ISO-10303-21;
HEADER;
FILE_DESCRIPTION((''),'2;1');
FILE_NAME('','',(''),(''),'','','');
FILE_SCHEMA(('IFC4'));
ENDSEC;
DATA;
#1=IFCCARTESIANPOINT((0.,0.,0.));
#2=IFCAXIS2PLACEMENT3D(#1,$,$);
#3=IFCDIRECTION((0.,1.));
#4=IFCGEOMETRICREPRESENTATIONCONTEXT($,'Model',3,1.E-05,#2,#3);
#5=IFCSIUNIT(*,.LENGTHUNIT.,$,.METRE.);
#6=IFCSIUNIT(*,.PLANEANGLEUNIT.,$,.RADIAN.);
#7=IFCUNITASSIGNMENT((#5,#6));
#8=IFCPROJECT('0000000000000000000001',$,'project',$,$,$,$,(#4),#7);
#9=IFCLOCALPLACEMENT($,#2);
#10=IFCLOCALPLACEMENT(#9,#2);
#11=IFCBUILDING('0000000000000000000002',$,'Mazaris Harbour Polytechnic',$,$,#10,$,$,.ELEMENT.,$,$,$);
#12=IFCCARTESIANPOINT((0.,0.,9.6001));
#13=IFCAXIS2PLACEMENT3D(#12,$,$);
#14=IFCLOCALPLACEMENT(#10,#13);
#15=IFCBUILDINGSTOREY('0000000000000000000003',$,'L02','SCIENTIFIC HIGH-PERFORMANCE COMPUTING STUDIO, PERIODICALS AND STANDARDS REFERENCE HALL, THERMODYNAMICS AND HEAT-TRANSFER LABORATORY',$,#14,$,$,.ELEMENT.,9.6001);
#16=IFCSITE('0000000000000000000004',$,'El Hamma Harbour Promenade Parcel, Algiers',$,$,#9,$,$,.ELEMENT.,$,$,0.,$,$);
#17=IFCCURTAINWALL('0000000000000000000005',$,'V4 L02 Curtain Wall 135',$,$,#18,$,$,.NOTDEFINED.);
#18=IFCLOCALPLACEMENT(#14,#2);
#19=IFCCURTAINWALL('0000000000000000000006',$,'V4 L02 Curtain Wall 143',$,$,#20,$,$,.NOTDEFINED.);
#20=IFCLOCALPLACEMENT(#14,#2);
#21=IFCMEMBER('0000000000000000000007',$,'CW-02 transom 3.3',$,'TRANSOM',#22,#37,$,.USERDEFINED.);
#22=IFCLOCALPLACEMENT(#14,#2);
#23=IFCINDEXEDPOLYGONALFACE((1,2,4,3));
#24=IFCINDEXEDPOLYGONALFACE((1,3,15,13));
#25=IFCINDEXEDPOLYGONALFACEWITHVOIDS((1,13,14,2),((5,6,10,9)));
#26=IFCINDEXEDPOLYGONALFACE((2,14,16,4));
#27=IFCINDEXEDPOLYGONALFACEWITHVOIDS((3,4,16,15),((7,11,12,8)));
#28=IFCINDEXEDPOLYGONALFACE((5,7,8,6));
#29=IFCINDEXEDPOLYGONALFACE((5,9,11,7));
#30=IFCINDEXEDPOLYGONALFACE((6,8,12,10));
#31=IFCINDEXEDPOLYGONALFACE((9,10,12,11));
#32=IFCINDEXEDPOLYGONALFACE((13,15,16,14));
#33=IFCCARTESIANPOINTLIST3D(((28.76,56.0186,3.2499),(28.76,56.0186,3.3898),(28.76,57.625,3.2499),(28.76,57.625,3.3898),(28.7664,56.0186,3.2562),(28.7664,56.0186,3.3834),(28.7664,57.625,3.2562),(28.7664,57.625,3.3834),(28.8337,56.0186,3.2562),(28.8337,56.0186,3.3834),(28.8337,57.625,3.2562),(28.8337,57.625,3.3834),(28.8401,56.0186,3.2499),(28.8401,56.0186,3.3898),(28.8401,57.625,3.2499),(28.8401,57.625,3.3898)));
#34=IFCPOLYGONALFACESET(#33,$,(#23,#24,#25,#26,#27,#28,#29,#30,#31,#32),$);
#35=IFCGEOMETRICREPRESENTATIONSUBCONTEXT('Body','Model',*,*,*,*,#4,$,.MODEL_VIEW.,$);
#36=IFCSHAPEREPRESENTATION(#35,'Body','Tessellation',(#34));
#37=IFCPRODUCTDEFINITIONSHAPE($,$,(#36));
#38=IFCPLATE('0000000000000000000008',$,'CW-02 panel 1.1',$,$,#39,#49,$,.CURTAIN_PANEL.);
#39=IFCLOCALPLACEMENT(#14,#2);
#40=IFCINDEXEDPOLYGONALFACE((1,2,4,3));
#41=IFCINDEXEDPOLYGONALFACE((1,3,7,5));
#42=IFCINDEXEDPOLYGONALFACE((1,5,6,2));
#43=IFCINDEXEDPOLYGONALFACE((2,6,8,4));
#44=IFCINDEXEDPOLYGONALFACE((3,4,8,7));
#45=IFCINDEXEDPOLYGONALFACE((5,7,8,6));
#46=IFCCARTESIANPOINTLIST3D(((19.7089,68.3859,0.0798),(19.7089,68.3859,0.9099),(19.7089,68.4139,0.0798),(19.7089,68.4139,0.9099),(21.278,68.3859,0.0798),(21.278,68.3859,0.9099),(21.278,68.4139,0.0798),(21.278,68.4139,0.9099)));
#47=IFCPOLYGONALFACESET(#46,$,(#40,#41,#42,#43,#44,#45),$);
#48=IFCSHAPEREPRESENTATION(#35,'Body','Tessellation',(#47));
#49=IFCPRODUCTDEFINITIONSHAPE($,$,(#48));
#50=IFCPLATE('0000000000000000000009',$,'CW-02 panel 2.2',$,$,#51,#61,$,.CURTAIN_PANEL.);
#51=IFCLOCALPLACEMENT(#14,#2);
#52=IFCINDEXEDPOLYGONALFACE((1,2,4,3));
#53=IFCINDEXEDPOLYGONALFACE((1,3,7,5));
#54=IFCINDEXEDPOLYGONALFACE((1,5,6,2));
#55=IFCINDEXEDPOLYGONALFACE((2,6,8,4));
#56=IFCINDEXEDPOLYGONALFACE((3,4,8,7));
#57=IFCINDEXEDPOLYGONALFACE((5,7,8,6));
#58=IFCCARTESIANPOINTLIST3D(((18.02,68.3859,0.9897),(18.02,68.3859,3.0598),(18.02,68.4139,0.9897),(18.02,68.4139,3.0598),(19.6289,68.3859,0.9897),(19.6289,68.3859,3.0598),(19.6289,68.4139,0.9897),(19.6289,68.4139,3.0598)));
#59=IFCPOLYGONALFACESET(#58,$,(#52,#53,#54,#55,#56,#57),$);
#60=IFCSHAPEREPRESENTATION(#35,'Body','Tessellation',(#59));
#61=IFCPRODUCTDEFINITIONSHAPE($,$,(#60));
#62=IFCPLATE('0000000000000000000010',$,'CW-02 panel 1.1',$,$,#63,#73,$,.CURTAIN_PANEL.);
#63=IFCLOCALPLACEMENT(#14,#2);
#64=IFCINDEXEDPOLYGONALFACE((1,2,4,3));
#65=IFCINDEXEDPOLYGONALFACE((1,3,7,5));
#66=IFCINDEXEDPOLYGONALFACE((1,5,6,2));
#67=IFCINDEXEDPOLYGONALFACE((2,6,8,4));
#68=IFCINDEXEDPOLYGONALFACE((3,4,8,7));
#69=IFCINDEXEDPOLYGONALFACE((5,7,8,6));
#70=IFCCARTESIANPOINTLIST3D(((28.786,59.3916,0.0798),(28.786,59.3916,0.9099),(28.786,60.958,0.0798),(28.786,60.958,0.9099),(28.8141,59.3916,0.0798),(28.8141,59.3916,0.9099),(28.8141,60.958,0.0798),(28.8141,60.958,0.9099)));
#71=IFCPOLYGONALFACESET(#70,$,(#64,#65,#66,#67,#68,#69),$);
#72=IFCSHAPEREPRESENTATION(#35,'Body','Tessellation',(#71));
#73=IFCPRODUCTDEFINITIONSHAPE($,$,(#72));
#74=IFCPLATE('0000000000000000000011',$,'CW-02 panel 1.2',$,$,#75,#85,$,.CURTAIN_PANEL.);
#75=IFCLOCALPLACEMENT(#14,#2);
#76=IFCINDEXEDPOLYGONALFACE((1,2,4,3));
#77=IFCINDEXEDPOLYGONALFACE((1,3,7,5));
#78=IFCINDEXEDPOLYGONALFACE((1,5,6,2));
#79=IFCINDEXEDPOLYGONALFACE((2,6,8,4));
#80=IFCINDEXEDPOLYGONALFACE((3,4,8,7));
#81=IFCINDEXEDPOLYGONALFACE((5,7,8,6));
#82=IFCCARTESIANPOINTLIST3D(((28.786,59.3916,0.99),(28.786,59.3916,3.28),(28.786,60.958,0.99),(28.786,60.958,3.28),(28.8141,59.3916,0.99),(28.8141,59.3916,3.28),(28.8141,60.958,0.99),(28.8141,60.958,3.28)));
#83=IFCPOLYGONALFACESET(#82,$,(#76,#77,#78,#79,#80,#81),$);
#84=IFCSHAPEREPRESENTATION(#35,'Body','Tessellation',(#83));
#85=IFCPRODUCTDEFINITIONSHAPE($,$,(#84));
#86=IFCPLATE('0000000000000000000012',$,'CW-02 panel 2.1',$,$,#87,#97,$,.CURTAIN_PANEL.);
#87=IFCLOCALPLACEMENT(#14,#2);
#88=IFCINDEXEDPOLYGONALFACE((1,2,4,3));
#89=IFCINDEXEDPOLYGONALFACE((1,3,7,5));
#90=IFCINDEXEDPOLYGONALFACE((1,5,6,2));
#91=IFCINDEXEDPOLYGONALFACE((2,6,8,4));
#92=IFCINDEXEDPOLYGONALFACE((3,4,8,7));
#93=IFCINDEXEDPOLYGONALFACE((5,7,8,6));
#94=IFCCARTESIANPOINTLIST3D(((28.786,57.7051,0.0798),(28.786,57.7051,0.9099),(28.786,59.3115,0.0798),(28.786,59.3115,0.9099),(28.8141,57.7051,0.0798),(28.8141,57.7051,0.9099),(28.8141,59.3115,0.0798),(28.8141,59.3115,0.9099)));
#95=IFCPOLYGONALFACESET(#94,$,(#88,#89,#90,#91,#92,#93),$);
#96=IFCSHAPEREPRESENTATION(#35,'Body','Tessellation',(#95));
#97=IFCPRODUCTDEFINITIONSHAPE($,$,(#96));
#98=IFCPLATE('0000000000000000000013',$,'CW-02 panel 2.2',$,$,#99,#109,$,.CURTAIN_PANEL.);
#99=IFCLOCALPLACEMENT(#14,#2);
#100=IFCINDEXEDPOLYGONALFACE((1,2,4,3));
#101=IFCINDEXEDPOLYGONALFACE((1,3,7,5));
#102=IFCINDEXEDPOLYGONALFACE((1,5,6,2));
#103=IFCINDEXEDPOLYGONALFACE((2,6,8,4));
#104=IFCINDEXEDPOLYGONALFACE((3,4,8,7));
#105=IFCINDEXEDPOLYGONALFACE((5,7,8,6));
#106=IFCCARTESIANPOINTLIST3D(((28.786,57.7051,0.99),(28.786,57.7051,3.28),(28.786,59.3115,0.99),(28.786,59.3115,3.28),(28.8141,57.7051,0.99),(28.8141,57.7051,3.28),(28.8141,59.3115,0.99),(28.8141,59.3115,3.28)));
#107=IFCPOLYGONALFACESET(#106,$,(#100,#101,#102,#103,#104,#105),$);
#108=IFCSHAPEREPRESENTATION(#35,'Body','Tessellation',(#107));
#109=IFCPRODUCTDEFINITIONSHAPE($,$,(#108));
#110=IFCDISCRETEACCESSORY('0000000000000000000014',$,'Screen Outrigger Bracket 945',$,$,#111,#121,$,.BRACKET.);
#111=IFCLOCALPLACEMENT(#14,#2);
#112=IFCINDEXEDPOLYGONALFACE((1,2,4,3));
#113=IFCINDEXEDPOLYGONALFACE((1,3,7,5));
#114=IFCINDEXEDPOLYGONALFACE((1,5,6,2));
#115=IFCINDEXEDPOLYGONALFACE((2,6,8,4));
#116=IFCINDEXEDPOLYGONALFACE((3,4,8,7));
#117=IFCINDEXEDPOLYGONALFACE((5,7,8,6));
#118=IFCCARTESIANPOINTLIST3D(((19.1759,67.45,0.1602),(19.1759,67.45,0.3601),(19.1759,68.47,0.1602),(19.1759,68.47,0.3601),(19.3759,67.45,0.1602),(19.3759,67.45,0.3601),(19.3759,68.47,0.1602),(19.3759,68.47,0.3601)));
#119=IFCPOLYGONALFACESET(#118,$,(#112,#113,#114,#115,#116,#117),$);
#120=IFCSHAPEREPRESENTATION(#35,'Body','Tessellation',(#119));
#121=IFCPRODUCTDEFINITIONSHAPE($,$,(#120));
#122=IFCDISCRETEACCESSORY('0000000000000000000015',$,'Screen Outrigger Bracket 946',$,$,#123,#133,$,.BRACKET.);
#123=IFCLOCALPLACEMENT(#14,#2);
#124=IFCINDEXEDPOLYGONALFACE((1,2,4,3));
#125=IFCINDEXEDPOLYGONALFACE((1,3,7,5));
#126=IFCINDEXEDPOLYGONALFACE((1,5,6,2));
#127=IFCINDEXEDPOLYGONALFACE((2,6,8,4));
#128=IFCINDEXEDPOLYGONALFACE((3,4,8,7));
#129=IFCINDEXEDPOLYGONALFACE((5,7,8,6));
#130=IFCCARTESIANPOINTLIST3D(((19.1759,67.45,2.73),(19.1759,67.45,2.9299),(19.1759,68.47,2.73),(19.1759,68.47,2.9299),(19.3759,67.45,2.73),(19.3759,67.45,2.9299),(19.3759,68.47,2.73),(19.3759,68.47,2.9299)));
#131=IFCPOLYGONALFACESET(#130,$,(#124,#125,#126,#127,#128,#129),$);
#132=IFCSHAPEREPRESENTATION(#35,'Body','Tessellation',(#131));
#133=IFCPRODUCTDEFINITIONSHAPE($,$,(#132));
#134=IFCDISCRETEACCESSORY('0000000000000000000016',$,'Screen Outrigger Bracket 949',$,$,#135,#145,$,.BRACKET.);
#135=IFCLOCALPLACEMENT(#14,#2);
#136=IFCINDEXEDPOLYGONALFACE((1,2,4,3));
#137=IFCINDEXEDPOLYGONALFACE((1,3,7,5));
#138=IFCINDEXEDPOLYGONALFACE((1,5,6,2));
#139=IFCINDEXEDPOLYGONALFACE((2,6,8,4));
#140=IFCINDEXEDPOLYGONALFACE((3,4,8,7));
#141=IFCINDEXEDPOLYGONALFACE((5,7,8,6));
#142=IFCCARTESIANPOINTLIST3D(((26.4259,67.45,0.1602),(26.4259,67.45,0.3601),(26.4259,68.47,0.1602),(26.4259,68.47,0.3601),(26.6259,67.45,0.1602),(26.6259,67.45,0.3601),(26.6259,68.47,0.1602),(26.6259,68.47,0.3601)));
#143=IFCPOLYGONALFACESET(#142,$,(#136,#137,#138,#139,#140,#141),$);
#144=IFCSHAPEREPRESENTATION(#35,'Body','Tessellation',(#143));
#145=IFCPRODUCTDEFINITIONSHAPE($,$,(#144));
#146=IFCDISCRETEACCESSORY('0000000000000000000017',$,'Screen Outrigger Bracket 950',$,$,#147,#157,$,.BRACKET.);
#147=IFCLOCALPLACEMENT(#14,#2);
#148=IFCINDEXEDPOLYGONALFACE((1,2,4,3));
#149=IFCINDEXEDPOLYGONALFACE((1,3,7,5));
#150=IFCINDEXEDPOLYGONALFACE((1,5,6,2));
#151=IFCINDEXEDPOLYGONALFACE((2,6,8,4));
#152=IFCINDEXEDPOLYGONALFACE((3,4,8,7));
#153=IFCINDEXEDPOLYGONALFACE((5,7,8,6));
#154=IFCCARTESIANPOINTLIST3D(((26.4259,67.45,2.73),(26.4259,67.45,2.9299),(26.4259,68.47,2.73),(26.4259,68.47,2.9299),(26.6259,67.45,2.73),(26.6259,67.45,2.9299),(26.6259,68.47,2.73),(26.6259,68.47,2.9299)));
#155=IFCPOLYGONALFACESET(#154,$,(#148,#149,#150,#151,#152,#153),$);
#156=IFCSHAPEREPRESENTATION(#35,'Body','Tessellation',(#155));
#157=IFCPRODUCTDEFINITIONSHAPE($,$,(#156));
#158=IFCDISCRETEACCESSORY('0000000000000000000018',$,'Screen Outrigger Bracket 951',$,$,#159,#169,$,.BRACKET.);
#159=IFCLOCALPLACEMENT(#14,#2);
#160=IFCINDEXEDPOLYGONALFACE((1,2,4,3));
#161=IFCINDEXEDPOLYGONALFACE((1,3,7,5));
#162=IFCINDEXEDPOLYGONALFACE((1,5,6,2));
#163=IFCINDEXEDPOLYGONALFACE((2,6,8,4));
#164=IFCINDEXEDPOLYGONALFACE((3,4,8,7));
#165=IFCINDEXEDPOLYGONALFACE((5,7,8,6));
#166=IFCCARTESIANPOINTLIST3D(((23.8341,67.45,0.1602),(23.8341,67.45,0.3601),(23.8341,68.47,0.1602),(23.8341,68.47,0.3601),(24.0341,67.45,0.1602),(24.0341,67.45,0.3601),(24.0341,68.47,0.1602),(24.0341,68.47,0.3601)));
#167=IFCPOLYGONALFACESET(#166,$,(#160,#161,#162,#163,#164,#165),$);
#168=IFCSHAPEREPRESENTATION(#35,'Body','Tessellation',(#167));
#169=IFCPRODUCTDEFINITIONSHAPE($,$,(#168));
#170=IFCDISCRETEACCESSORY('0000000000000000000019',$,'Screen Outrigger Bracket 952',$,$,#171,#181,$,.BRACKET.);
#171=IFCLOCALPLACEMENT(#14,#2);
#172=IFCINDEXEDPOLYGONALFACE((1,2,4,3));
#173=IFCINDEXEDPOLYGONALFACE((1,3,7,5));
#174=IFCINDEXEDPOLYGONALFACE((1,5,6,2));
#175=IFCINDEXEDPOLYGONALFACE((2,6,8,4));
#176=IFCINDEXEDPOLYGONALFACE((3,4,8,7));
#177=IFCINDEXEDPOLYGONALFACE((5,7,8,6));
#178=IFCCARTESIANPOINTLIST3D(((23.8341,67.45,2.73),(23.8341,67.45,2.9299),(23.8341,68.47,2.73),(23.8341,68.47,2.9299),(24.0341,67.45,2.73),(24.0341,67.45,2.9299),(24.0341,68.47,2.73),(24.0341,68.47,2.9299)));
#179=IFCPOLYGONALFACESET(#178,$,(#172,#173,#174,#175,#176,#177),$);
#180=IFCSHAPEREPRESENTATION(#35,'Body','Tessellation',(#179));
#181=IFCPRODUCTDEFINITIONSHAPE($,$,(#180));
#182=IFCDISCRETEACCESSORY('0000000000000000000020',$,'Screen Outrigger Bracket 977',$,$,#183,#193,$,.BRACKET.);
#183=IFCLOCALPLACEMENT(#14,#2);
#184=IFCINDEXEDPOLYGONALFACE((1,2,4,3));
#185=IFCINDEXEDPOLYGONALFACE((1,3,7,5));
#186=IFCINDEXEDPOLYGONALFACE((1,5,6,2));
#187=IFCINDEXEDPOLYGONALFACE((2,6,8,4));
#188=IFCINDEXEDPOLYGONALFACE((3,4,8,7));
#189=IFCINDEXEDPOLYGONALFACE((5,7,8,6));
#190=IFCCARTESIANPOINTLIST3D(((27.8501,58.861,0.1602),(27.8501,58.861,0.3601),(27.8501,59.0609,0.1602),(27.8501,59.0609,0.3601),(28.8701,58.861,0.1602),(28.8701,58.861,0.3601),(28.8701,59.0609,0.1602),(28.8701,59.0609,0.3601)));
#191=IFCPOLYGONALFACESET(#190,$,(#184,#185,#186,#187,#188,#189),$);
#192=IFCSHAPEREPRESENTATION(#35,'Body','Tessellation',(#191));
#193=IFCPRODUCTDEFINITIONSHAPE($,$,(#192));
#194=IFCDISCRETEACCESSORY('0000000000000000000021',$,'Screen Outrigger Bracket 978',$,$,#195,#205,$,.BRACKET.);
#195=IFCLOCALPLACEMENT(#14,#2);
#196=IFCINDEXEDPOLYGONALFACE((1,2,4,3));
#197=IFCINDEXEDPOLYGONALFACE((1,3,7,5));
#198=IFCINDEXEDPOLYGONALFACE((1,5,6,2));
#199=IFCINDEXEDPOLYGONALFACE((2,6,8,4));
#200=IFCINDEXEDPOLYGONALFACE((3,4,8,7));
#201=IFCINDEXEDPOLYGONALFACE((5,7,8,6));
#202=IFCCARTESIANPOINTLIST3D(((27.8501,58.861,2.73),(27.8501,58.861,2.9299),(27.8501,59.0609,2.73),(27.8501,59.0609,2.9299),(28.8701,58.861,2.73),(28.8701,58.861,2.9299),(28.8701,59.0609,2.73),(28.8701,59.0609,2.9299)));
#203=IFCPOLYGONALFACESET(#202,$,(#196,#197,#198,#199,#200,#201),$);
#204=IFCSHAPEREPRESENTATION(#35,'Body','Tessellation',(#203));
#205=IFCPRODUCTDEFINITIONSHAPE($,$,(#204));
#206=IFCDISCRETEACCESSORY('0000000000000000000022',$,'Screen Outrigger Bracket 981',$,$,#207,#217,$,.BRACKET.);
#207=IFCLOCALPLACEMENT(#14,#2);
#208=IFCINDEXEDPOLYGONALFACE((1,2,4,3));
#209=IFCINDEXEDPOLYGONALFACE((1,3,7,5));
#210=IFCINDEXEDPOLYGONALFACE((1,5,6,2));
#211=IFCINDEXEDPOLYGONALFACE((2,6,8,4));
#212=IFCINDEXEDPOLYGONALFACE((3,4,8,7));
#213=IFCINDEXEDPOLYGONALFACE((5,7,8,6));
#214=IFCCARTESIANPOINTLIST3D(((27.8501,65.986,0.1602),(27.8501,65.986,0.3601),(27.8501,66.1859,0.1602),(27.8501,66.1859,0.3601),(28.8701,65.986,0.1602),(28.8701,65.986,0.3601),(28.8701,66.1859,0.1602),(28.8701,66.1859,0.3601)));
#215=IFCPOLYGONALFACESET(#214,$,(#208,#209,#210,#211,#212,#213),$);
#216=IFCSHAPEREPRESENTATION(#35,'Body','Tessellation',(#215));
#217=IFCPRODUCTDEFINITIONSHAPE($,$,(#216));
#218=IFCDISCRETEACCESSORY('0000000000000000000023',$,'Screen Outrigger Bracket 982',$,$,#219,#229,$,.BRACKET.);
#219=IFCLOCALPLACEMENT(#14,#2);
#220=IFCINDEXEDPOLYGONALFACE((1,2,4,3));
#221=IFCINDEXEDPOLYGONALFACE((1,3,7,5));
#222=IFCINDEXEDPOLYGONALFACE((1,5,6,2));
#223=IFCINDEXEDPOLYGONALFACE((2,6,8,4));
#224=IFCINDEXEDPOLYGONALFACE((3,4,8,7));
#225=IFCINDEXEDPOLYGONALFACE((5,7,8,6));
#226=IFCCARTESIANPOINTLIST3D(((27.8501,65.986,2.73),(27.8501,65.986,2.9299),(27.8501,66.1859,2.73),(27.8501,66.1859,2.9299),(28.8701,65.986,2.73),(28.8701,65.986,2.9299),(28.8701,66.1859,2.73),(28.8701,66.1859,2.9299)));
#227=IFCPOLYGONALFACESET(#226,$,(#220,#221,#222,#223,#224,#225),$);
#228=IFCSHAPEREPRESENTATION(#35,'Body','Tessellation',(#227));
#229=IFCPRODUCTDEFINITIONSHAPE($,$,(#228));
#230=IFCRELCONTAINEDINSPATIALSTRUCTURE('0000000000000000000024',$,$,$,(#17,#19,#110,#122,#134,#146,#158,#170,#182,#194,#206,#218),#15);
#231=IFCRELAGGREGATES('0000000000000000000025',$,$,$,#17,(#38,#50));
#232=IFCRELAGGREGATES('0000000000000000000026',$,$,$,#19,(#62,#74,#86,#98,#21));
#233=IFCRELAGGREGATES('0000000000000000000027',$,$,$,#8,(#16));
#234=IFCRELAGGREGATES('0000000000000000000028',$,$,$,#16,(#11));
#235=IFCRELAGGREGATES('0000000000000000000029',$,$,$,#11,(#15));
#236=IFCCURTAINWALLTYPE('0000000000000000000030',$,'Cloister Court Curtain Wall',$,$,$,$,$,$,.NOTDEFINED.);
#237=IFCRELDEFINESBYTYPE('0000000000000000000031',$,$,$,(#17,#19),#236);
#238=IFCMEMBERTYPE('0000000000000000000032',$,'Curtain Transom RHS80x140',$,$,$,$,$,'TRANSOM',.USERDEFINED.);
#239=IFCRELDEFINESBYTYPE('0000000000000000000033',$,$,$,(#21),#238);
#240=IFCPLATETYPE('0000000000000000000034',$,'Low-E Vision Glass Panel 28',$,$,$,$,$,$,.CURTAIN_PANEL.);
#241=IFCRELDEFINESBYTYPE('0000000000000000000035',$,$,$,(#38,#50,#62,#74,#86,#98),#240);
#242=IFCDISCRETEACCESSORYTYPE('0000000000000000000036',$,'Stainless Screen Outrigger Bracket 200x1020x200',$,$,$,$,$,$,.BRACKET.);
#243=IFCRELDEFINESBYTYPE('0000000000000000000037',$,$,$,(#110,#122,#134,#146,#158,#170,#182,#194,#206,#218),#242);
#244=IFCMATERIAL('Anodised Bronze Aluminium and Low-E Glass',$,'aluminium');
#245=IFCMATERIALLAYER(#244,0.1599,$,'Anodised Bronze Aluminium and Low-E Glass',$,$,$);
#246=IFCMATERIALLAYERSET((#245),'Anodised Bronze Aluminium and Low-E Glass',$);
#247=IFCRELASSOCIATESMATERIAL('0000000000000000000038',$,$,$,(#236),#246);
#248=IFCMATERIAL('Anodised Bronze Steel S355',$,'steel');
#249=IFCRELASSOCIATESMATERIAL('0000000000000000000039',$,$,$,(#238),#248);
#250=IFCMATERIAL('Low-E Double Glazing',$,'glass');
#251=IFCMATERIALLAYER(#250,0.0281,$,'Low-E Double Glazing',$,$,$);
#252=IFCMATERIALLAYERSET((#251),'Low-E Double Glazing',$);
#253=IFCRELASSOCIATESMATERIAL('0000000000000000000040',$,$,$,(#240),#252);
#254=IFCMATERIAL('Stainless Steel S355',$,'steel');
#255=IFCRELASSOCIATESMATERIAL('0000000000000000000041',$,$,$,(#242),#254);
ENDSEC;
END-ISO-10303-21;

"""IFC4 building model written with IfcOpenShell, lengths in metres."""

from ifc_helpers import new_model, si_unit, direction, frame, origin, origin_2d, place, context, subcontext, project, spatial, rectangle, hollow_rectangle, extrude, material, layer, layer_set, material_profile, profile_set, type_object, element, aggregate, save


model = new_model("IFC4")

# Units and contexts
model_context = context("Model", 3, precision=1e-05, world=origin(), true_north=direction((0.0, 1.0)))
body_context = subcontext(model_context, "Body", "Model", "MODEL_VIEW")
ifc_project = project(units=[si_unit("LENGTHUNIT", "METRE"), si_unit("PLANEANGLEUNIT", "RADIAN")], contexts=[model_context])

# Site, building, storey
site_placement = place(None, origin())
site = spatial("IfcSite", under=ifc_project, at=site_placement, Name="El Hamma Harbour Promenade Parcel, Algiers", CompositionType="ELEMENT", RefElevation=0.0)
building_placement = place(site_placement, origin())
building = spatial("IfcBuilding", under=site, at=building_placement, Name="Mazaris Harbour Polytechnic", CompositionType="ELEMENT")
storey_placement = place(building_placement, frame((0.0, 0.0, 9.6001)))
storey = spatial("IfcBuildingStorey", under=building, at=storey_placement, Name="L02", Description="SCIENTIFIC HIGH-PERFORMANCE COMPUTING STUDIO, PERIODICALS AND STANDARDS REFERENCE HALL, THERMODYNAMICS AND HEAT-TRANSFER LABORATORY", CompositionType="ELEMENT", Elevation=9.6001)

# Curtain wall
ifc_material_1 = material(Name="Anodised Bronze Aluminium and Low-E Glass", Category="aluminium")
ifc_layer_1 = layer(ifc_material_1, 0.1599, Name="Anodised Bronze Aluminium and Low-E Glass")
ifc_layer_set_1 = layer_set([ifc_layer_1], Name="Anodised Bronze Aluminium and Low-E Glass")
curtain_wall_type = type_object("IfcCurtainWallType", Name="Cloister Court Curtain Wall", PredefinedType="NOTDEFINED", material=ifc_layer_set_1)
curtain_wall_1_placement = place(storey_placement, origin())
curtain_wall_1 = element("IfcCurtainWall", 1, at=curtain_wall_1_placement, inside=storey, type_object=curtain_wall_type, Name="V4 L02 Curtain Wall 135", PredefinedType="NOTDEFINED")

# Curtain wall
curtain_wall_2_placement = place(storey_placement, origin())
curtain_wall_2 = element("IfcCurtainWall", 2, at=curtain_wall_2_placement, inside=storey, type_object=curtain_wall_type, Name="V4 L02 Curtain Wall 143", PredefinedType="NOTDEFINED")

# Member
ifc_material_2 = material(Name="Anodised Bronze Steel S355", Category="steel")
ifc_material_profile_1 = material_profile(ifc_material_2, hollow_rectangle(XDim=0.0801, YDim=0.1399, WallThickness=0.0063, at=origin_2d()), Name="RHS 80x140x6.3")
ifc_profile_set_1 = profile_set([ifc_material_profile_1], Name="Anodised Bronze Steel S355")
member_type_1 = type_object("IfcMemberType", Name="Curtain Transom RHS80x140", ElementType="TRANSOM", PredefinedType="USERDEFINED", material=ifc_profile_set_1)
member_1_placement = place(storey_placement, frame((28.8, 57.625, 3.3198), z_axis=(0.0, -1.0, 0.0), x_axis=(1.0, 0.0, 0.0)))
member_1 = element("IfcMember", 3, at=member_1_placement, type_object=member_type_1, Name="CW-02 transom 3.3", ObjectType="TRANSOM", PredefinedType="USERDEFINED", context=body_context, shape_type="SweptSolid", body=[
    extrude(hollow_rectangle(XDim=0.0801, YDim=0.1399, WallThickness=0.0063, at=origin_2d()), origin(), (0.0, 0.0, 1.0), 1.6064),
])

# Plates
ifc_material_3 = material(Name="Low-E Double Glazing", Category="glass")
ifc_layer_2 = layer(ifc_material_3, 0.0281, Name="Low-E Double Glazing")
ifc_layer_set_2 = layer_set([ifc_layer_2], Name="Low-E Double Glazing")
plate_type = type_object("IfcPlateType", Name="Low-E Vision Glass Panel 28", PredefinedType="CURTAIN_PANEL", material=ifc_layer_set_2)
plate_1_placement = place(storey_placement, frame((20.4934, 68.3999, 0.0798), z_axis=(0.0, 0.0, 1.0), x_axis=(-1.0, 0.0, 0.0)))
plate_1 = element("IfcPlate", 4, at=plate_1_placement, type_object=plate_type, Name="CW-02 panel 1.1", PredefinedType="CURTAIN_PANEL", context=body_context, shape_type="SweptSolid", body=[
    extrude(rectangle(XDim=1.5691, YDim=0.0281, at=origin_2d()), origin(), (0.0, 0.0, 1.0), 0.8301),
])
plate_2_placement = place(storey_placement, frame((18.8245, 68.3999, 0.9897), z_axis=(0.0, 0.0, 1.0), x_axis=(-1.0, 0.0, 0.0)))
plate_2 = element("IfcPlate", 5, at=plate_2_placement, type_object=plate_type, Name="CW-02 panel 2.2", PredefinedType="CURTAIN_PANEL", context=body_context, shape_type="SweptSolid", body=[
    extrude(rectangle(XDim=1.6089, YDim=0.0281, at=origin_2d()), origin(), (0.0, 0.0, 1.0), 2.0701),
])
aggregate(curtain_wall_1, [plate_1, plate_2])
plate_3_placement = place(storey_placement, frame((28.8, 60.1748, 0.0798), z_axis=(0.0, 0.0, 1.0), x_axis=(0.0, -1.0, 0.0)))
plate_3 = element("IfcPlate", 6, at=plate_3_placement, type_object=plate_type, Name="CW-02 panel 1.1", PredefinedType="CURTAIN_PANEL", context=body_context, shape_type="SweptSolid", body=[
    extrude(rectangle(XDim=1.5664, YDim=0.0281, at=origin_2d()), origin(), (0.0, 0.0, 1.0), 0.8301),
])
plate_4_placement = place(storey_placement, frame((28.8, 60.1748, 0.99), z_axis=(0.0, 0.0, 1.0), x_axis=(0.0, -1.0, 0.0)))
plate_4 = element("IfcPlate", 7, at=plate_4_placement, type_object=plate_type, Name="CW-02 panel 1.2", PredefinedType="CURTAIN_PANEL", context=body_context, shape_type="SweptSolid", body=[
    extrude(rectangle(XDim=1.5664, YDim=0.0281, at=origin_2d()), origin(), (0.0, 0.0, 1.0), 2.29),
])
plate_5_placement = place(storey_placement, frame((28.8, 58.5083, 0.0798), z_axis=(0.0, 0.0, 1.0), x_axis=(0.0, -1.0, 0.0)))
plate_5 = element("IfcPlate", 8, at=plate_5_placement, type_object=plate_type, Name="CW-02 panel 2.1", PredefinedType="CURTAIN_PANEL", context=body_context, shape_type="SweptSolid", body=[
    extrude(rectangle(XDim=1.6064, YDim=0.0281, at=origin_2d()), origin(), (0.0, 0.0, 1.0), 0.8301),
])
plate_6_placement = place(storey_placement, frame((28.8, 58.5083, 0.99), z_axis=(0.0, 0.0, 1.0), x_axis=(0.0, -1.0, 0.0)))
plate_6 = element("IfcPlate", 9, at=plate_6_placement, type_object=plate_type, Name="CW-02 panel 2.2", PredefinedType="CURTAIN_PANEL", context=body_context, shape_type="SweptSolid", body=[
    extrude(rectangle(XDim=1.6064, YDim=0.0281, at=origin_2d()), origin(), (0.0, 0.0, 1.0), 2.29),
])
aggregate(curtain_wall_2, [plate_3, plate_4, plate_5, plate_6, member_1])

# Discrete accessories
ifc_material_4 = material(Name="Stainless Steel S355", Category="steel")
discrete_accessory_type = type_object("IfcDiscreteAccessoryType", Name="Stainless Screen Outrigger Bracket 200x1020x200", PredefinedType="BRACKET", material=ifc_material_4)
for number, where, z_axis, x_axis, name in (
    (10, (19.2759, 67.96, 0.1602), (0.0, 0.0, 1.0), (-1.0, 0.0, 0.0), "Screen Outrigger Bracket 945"),
    (11, (19.2759, 67.96, 2.73), (0.0, 0.0, 1.0), (-1.0, 0.0, 0.0), "Screen Outrigger Bracket 946"),
    (12, (26.5259, 67.96, 0.1602), (0.0, 0.0, 1.0), (-1.0, 0.0, 0.0), "Screen Outrigger Bracket 949"),
    (13, (26.5259, 67.96, 2.73), (0.0, 0.0, 1.0), (-1.0, 0.0, 0.0), "Screen Outrigger Bracket 950"),
    (14, (23.9341, 67.96, 0.1602), (0.0, 0.0, 1.0), (-1.0, 0.0, 0.0), "Screen Outrigger Bracket 951"),
    (15, (23.9341, 67.96, 2.73), (0.0, 0.0, 1.0), (-1.0, 0.0, 0.0), "Screen Outrigger Bracket 952"),
    (16, (28.3601, 58.9609, 0.1602), (0.0, 0.0, 1.0), (0.0, -1.0, 0.0), "Screen Outrigger Bracket 977"),
    (17, (28.3601, 58.9609, 2.73), (0.0, 0.0, 1.0), (0.0, -1.0, 0.0), "Screen Outrigger Bracket 978"),
    (18, (28.3601, 66.0859, 0.1602), (0.0, 0.0, 1.0), (0.0, -1.0, 0.0), "Screen Outrigger Bracket 981"),
    (19, (28.3601, 66.0859, 2.73), (0.0, 0.0, 1.0), (0.0, -1.0, 0.0), "Screen Outrigger Bracket 982"),
):
    element("IfcDiscreteAccessory", number, at=place(storey_placement, frame(where, z_axis=z_axis, x_axis=x_axis)), inside=storey, type_object=discrete_accessory_type, Name=name, PredefinedType="BRACKET", context=body_context, shape_type="SweptSolid", body=[
        extrude(rectangle(XDim=0.2, YDim=1.02, at=origin_2d()), origin(), (0.0, 0.0, 1.0), 0.2),
    ])

save(model, "model.ifc")
